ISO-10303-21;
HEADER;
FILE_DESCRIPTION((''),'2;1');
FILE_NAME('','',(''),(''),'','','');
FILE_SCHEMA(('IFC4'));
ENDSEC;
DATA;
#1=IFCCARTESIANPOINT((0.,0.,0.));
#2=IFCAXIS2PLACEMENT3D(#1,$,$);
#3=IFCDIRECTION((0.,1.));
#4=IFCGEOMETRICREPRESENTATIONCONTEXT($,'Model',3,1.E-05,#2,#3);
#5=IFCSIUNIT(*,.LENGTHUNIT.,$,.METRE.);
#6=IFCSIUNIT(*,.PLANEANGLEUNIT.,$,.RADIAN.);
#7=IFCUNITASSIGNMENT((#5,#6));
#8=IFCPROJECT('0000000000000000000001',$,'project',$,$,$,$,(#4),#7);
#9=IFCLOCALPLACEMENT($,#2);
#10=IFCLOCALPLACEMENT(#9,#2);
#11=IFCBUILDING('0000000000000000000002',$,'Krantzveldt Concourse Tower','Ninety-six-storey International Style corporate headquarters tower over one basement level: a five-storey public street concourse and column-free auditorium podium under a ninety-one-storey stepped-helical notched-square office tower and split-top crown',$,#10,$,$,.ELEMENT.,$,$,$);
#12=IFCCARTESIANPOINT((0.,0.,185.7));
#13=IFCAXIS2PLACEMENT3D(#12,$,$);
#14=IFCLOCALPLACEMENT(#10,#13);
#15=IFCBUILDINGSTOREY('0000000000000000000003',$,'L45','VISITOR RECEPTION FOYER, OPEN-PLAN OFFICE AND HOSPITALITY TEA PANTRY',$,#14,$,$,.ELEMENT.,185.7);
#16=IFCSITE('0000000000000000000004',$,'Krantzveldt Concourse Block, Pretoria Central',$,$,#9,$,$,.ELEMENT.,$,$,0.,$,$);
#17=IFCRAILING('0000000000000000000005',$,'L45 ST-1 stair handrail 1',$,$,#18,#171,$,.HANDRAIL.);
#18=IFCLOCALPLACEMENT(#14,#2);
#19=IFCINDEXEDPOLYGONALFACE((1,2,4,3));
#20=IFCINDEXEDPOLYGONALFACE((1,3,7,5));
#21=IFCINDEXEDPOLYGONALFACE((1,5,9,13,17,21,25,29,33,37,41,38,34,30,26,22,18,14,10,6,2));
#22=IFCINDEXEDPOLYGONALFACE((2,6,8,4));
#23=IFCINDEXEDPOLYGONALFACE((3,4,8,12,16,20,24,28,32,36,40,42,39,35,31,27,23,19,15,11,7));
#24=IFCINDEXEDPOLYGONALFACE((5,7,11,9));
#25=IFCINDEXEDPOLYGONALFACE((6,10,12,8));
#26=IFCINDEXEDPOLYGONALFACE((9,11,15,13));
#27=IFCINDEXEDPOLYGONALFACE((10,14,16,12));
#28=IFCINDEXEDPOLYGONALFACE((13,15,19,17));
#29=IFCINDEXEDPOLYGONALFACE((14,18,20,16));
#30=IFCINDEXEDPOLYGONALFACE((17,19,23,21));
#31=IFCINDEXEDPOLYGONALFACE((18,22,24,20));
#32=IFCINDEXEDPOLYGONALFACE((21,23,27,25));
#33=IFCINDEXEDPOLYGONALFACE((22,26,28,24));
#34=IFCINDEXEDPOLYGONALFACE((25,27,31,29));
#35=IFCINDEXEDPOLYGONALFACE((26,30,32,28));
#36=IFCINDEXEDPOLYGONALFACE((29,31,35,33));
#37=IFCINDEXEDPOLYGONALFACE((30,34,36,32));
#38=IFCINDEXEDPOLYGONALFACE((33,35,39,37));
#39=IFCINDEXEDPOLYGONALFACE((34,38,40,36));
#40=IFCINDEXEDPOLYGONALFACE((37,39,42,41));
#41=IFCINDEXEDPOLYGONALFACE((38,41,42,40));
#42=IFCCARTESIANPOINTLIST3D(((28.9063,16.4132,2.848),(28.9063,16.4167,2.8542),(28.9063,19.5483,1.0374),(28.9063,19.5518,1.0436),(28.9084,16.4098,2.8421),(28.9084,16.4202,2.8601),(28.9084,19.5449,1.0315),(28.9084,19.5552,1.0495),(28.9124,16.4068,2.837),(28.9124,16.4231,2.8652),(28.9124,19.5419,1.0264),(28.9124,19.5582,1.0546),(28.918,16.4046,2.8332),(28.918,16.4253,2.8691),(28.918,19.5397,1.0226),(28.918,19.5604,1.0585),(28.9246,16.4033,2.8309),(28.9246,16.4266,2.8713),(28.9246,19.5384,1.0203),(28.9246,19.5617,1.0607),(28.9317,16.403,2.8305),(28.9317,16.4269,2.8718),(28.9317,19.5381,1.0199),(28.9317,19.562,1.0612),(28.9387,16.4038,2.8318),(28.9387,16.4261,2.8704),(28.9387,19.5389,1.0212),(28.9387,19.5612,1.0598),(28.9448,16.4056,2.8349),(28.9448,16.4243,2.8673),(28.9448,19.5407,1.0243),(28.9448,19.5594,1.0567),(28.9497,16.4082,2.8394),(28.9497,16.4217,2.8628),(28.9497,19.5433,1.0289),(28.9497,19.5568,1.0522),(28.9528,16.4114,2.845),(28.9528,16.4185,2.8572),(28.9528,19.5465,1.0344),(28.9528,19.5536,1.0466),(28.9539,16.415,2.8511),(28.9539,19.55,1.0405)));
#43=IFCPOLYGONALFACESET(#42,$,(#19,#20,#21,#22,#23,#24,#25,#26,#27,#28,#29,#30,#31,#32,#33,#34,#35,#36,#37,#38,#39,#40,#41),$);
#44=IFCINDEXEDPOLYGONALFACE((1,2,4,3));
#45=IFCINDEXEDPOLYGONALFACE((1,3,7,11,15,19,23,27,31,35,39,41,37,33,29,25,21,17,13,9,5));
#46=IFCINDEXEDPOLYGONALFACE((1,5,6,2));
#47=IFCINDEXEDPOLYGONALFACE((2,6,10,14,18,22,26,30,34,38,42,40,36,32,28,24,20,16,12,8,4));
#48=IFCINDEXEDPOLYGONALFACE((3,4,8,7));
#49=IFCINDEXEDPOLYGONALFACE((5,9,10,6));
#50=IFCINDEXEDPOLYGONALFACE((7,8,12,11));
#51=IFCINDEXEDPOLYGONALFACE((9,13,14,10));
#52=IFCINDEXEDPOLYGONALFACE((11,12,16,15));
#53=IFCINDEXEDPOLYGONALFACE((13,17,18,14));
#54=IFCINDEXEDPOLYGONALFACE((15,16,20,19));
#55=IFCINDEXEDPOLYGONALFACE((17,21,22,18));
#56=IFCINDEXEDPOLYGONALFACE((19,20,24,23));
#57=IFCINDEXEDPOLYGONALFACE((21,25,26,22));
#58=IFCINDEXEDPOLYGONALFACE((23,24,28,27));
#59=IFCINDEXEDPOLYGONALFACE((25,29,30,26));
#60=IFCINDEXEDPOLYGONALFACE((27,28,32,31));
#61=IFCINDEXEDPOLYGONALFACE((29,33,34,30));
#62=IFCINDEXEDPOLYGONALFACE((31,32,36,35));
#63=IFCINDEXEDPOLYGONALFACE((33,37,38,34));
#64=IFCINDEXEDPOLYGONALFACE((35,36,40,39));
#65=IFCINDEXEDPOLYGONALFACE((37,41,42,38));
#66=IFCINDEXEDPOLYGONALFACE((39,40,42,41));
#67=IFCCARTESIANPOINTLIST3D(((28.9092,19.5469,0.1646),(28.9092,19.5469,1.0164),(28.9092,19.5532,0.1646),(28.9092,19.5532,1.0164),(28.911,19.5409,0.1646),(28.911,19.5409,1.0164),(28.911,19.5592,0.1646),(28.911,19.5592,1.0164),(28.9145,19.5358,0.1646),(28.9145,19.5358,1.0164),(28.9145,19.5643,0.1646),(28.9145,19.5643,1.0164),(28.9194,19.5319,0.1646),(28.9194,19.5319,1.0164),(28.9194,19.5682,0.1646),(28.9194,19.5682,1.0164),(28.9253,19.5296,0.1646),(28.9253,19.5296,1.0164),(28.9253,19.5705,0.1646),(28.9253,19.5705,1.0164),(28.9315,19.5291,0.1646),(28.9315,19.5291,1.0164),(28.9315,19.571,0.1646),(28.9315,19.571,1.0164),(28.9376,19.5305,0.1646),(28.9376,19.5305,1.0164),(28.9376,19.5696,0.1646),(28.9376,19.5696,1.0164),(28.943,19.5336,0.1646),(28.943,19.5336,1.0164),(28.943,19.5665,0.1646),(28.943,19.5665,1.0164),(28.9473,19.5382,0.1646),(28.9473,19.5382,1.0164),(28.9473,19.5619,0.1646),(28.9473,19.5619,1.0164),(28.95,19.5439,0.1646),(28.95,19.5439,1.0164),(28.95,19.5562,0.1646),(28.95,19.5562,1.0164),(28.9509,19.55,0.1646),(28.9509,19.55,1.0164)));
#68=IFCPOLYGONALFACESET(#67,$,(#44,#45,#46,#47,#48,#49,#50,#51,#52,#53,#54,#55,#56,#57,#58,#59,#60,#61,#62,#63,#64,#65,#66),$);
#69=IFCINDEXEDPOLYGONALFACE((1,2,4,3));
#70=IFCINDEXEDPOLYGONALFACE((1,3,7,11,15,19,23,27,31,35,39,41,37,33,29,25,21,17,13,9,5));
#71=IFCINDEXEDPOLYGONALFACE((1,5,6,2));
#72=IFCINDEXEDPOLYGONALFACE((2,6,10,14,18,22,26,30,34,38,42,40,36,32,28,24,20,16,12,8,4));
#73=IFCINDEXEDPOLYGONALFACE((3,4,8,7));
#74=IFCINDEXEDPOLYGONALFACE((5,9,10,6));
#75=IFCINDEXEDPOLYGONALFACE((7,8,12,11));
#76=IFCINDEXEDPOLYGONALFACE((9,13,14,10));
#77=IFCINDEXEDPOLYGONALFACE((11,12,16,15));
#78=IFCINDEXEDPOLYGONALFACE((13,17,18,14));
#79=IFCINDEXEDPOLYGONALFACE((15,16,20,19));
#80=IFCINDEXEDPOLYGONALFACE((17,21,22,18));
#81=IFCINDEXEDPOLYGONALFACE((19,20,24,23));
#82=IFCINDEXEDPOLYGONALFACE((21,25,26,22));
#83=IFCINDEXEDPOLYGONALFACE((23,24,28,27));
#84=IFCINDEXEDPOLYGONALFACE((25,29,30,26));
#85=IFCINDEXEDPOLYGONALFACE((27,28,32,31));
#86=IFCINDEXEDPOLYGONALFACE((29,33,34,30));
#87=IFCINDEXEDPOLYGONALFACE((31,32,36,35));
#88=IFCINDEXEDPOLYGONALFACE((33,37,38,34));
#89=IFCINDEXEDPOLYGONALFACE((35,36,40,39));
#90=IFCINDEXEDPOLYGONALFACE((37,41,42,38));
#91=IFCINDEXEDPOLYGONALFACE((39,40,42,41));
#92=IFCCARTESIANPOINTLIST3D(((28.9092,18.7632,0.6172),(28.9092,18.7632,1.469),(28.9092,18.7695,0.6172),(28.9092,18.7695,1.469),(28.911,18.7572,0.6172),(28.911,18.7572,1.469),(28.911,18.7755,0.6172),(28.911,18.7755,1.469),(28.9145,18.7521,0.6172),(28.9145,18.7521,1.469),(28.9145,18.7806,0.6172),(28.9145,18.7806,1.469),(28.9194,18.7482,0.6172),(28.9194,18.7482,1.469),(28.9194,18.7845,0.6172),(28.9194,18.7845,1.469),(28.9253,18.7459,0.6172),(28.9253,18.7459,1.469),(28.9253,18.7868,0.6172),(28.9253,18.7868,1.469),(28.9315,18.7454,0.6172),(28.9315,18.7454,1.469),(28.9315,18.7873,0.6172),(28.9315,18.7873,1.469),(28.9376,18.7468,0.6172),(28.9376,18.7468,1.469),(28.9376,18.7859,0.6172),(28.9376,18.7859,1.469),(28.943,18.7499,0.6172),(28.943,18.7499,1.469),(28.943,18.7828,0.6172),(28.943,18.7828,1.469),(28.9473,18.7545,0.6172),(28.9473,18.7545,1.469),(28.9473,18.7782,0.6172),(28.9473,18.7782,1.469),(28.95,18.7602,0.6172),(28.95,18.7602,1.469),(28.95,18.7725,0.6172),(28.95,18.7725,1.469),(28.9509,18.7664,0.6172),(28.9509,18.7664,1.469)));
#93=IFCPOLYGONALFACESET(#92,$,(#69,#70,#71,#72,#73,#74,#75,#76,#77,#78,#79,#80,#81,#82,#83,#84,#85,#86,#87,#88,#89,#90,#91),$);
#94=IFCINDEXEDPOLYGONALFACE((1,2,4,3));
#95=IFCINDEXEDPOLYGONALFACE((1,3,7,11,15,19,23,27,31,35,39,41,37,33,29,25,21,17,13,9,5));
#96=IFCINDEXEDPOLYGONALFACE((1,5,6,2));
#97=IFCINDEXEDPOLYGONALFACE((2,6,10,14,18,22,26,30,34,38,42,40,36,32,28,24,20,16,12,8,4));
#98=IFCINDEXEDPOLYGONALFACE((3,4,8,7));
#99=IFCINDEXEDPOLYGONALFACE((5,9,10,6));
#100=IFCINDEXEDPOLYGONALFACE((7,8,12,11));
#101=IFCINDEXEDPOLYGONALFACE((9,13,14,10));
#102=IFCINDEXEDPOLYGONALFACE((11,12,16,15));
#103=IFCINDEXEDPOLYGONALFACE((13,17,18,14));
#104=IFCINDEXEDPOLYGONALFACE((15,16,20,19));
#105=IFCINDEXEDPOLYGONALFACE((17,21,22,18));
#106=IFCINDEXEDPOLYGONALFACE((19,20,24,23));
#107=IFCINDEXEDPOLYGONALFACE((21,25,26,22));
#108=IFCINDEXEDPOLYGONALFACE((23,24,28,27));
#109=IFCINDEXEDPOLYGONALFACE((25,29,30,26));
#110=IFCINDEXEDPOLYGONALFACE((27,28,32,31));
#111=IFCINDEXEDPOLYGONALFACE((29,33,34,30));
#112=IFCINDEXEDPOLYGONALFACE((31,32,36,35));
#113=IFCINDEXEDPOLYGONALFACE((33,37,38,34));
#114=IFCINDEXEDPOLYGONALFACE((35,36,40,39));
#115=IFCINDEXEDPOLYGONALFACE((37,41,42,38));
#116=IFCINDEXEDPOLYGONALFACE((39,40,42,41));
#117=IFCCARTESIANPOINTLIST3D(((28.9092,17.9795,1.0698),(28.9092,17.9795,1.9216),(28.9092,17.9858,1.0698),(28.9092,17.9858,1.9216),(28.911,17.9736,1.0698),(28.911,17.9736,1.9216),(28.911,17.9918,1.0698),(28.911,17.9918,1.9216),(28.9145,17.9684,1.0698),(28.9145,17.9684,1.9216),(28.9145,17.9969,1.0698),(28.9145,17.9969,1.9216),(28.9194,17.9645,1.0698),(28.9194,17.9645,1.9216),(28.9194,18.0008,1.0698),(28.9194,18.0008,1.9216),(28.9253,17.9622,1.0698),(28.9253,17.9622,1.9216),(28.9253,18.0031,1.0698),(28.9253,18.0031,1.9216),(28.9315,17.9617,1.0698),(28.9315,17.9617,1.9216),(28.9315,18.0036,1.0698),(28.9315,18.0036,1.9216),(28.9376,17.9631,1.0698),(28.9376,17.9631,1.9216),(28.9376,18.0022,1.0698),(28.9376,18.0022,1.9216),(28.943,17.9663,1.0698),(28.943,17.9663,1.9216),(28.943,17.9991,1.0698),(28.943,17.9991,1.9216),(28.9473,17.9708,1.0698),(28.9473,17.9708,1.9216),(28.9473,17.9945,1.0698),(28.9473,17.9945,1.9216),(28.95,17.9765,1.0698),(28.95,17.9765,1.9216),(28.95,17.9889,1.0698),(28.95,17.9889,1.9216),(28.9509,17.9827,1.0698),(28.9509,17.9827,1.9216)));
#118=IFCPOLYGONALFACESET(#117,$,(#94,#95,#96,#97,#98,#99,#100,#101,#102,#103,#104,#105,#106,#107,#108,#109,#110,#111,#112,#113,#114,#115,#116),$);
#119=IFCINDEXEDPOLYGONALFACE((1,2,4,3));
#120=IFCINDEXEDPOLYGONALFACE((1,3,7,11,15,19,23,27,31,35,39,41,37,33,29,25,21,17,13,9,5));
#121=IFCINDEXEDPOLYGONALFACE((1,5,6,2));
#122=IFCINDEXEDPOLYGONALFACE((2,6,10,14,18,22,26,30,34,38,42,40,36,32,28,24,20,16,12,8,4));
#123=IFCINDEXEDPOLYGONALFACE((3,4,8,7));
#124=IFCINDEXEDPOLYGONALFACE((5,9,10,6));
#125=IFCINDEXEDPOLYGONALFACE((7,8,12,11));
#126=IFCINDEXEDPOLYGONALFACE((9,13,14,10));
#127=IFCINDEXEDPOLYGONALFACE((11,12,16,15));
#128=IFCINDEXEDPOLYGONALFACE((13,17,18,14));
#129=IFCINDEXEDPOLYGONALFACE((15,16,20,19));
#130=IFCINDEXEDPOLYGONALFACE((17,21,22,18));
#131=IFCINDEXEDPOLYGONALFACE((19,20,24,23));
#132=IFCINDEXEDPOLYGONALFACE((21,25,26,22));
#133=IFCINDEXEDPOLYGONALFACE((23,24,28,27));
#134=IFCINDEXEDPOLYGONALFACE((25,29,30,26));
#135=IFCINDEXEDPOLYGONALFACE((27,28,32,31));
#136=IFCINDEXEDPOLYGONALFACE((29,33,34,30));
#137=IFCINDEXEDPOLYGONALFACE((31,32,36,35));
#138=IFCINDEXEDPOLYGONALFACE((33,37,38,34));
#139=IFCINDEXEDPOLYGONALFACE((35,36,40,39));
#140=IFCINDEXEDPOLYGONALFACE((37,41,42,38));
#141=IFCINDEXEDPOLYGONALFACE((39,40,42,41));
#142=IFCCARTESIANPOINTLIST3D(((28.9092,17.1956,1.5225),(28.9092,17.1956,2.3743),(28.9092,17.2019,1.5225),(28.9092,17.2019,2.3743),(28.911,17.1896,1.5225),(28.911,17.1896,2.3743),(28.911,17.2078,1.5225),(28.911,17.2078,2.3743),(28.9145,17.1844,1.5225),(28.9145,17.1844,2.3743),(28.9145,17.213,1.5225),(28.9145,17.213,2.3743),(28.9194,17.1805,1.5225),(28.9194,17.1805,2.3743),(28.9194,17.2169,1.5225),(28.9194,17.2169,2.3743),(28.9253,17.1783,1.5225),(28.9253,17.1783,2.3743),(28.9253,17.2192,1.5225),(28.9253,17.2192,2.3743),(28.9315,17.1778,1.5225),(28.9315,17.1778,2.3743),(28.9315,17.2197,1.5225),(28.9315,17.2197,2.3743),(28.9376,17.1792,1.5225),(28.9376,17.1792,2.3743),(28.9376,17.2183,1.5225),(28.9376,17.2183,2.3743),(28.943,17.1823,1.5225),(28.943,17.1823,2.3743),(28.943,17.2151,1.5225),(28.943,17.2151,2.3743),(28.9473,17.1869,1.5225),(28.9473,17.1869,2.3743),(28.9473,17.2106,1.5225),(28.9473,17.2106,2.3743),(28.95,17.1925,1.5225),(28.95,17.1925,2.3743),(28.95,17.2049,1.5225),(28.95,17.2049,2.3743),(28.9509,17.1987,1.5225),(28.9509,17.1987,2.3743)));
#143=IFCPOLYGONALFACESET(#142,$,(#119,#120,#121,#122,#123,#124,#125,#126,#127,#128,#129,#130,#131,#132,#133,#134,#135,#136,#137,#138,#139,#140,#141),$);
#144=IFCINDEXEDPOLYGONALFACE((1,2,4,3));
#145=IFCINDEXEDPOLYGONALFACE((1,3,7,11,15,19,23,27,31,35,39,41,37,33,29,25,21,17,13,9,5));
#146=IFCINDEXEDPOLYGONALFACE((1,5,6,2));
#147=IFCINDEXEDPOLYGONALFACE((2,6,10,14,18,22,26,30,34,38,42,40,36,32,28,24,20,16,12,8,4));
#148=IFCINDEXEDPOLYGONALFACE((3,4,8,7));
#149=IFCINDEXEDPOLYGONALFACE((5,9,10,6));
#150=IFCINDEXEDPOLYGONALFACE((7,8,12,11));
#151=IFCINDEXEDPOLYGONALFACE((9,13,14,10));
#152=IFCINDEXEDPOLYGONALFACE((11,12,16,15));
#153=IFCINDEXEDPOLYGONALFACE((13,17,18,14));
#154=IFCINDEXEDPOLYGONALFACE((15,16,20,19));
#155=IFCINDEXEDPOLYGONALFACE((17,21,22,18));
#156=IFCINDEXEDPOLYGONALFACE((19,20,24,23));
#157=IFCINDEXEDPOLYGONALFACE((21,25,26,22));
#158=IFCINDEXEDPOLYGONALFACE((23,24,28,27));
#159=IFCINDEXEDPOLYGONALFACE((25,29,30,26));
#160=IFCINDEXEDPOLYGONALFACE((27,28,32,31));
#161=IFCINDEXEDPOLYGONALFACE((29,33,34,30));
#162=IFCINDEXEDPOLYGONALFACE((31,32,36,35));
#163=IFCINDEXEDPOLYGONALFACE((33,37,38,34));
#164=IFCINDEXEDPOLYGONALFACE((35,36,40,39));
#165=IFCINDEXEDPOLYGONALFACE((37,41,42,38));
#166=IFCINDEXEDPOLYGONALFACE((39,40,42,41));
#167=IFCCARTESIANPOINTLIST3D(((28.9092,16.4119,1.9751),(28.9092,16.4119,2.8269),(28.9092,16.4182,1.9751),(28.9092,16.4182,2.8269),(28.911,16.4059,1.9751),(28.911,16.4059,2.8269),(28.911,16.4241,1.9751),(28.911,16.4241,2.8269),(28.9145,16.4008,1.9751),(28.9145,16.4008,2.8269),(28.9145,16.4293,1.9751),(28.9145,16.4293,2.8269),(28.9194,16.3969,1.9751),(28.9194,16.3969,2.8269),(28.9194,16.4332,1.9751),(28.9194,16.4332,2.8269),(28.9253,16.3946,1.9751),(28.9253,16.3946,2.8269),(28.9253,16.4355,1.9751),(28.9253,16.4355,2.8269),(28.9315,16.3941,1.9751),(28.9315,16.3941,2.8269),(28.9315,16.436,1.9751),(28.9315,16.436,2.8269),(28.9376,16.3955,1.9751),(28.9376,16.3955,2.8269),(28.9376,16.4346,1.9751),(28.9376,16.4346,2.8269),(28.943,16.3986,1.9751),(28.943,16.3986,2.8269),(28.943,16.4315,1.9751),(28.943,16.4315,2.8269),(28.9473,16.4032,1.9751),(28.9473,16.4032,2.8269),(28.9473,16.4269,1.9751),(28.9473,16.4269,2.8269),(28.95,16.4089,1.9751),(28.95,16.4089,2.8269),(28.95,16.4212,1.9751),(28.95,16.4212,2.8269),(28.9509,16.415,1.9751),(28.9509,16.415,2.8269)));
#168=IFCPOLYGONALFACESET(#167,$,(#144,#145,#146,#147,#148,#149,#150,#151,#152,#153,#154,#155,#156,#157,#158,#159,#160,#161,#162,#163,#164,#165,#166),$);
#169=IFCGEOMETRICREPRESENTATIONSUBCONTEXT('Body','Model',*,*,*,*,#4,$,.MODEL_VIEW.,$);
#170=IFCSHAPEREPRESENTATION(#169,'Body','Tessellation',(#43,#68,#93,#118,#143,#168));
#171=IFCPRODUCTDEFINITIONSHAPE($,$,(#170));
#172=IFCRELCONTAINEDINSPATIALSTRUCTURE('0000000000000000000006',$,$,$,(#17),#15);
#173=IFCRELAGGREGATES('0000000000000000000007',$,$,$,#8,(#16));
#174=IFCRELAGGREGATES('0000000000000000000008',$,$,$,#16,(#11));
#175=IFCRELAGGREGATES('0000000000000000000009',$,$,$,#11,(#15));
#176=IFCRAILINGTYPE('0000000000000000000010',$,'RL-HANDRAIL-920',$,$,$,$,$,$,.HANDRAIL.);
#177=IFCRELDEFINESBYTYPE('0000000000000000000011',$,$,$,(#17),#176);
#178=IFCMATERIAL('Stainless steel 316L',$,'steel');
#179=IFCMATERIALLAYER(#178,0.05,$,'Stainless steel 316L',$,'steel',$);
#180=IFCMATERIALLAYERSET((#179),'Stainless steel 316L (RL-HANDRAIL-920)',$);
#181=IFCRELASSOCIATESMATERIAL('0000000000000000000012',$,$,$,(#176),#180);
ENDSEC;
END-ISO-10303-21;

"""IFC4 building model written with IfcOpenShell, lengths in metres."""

from ifc_helpers import new_model, si_unit, direction, frame, origin, origin_2d, place, context, subcontext, project, spatial, circle, extrude, material, layer, layer_set, type_object, element, save


model = new_model("IFC4")

# Units and contexts
model_context = context("Model", 3, precision=1e-05, world=origin(), true_north=direction((0.0, 1.0)))
body_context = subcontext(model_context, "Body", "Model", "MODEL_VIEW")
ifc_project = project(units=[si_unit("LENGTHUNIT", "METRE"), si_unit("PLANEANGLEUNIT", "RADIAN")], contexts=[model_context])

# Site, building, storey
site_placement = place(None, origin())
site = spatial("IfcSite", under=ifc_project, at=site_placement, Name="Krantzveldt Concourse Block, Pretoria Central", CompositionType="ELEMENT", RefElevation=0.0)
building_placement = place(site_placement, origin())
building = spatial("IfcBuilding", under=site, at=building_placement, Name="Krantzveldt Concourse Tower", Description="Ninety-six-storey International Style corporate headquarters tower over one basement level: a five-storey public street concourse and column-free auditorium podium under a ninety-one-storey stepped-helical notched-square office tower and split-top crown", CompositionType="ELEMENT")
storey_placement = place(building_placement, frame((0.0, 0.0, 185.7)))
storey = spatial("IfcBuildingStorey", under=building, at=storey_placement, Name="L45", Description="VISITOR RECEPTION FOYER, OPEN-PLAN OFFICE AND HOSPITALITY TEA PANTRY", CompositionType="ELEMENT", Elevation=185.7)

# Railing
ifc_material_1 = material(Name="Stainless steel 316L", Category="steel")
ifc_layer_1 = layer(ifc_material_1, 0.05, Name="Stainless steel 316L", Category="steel")
ifc_layer_set_1 = layer_set([ifc_layer_1], Name="Stainless steel 316L (RL-HANDRAIL-920)")
railing_type_1 = type_object("IfcRailingType", Name="RL-HANDRAIL-920", PredefinedType="HANDRAIL", material=ifc_layer_set_1)
railing_1_placement = place(storey_placement, frame((28.9299, 19.55, 0.1646)))
element("IfcRailing", 1, at=railing_1_placement, inside=storey, type_object=railing_type_1, Name="L45 ST-1 stair handrail 1", PredefinedType="HANDRAIL", context=body_context, shape_type="SweptSolid", body=[
    extrude(circle(Radius=0.0239, at=origin_2d()), frame((0.0, 0.0, 0.876), z_axis=(0.0, -0.86596, 0.500114), x_axis=(1.0, 0.0, 0.0)), (0.0, 0.0, 1.0), 3.6204),
    extrude(circle(Radius=0.021, at=origin_2d()), origin(), (0.0, 0.0, 1.0), 0.8518),
    extrude(circle(Radius=0.021, at=origin_2d()), frame((0.0, -0.7837, 0.4526)), (0.0, 0.0, 1.0), 0.8518),
    extrude(circle(Radius=0.021, at=origin_2d()), frame((0.0, -1.5674, 0.9053)), (0.0, 0.0, 1.0), 0.8518),
    extrude(circle(Radius=0.021, at=origin_2d()), frame((0.0, -2.3513, 1.3579)), (0.0, 0.0, 1.0), 0.8518),
    extrude(circle(Radius=0.021, at=origin_2d()), frame((0.0, -3.135, 1.8105)), (0.0, 0.0, 1.0), 0.8518),
])

save(model, "model.ifc")
